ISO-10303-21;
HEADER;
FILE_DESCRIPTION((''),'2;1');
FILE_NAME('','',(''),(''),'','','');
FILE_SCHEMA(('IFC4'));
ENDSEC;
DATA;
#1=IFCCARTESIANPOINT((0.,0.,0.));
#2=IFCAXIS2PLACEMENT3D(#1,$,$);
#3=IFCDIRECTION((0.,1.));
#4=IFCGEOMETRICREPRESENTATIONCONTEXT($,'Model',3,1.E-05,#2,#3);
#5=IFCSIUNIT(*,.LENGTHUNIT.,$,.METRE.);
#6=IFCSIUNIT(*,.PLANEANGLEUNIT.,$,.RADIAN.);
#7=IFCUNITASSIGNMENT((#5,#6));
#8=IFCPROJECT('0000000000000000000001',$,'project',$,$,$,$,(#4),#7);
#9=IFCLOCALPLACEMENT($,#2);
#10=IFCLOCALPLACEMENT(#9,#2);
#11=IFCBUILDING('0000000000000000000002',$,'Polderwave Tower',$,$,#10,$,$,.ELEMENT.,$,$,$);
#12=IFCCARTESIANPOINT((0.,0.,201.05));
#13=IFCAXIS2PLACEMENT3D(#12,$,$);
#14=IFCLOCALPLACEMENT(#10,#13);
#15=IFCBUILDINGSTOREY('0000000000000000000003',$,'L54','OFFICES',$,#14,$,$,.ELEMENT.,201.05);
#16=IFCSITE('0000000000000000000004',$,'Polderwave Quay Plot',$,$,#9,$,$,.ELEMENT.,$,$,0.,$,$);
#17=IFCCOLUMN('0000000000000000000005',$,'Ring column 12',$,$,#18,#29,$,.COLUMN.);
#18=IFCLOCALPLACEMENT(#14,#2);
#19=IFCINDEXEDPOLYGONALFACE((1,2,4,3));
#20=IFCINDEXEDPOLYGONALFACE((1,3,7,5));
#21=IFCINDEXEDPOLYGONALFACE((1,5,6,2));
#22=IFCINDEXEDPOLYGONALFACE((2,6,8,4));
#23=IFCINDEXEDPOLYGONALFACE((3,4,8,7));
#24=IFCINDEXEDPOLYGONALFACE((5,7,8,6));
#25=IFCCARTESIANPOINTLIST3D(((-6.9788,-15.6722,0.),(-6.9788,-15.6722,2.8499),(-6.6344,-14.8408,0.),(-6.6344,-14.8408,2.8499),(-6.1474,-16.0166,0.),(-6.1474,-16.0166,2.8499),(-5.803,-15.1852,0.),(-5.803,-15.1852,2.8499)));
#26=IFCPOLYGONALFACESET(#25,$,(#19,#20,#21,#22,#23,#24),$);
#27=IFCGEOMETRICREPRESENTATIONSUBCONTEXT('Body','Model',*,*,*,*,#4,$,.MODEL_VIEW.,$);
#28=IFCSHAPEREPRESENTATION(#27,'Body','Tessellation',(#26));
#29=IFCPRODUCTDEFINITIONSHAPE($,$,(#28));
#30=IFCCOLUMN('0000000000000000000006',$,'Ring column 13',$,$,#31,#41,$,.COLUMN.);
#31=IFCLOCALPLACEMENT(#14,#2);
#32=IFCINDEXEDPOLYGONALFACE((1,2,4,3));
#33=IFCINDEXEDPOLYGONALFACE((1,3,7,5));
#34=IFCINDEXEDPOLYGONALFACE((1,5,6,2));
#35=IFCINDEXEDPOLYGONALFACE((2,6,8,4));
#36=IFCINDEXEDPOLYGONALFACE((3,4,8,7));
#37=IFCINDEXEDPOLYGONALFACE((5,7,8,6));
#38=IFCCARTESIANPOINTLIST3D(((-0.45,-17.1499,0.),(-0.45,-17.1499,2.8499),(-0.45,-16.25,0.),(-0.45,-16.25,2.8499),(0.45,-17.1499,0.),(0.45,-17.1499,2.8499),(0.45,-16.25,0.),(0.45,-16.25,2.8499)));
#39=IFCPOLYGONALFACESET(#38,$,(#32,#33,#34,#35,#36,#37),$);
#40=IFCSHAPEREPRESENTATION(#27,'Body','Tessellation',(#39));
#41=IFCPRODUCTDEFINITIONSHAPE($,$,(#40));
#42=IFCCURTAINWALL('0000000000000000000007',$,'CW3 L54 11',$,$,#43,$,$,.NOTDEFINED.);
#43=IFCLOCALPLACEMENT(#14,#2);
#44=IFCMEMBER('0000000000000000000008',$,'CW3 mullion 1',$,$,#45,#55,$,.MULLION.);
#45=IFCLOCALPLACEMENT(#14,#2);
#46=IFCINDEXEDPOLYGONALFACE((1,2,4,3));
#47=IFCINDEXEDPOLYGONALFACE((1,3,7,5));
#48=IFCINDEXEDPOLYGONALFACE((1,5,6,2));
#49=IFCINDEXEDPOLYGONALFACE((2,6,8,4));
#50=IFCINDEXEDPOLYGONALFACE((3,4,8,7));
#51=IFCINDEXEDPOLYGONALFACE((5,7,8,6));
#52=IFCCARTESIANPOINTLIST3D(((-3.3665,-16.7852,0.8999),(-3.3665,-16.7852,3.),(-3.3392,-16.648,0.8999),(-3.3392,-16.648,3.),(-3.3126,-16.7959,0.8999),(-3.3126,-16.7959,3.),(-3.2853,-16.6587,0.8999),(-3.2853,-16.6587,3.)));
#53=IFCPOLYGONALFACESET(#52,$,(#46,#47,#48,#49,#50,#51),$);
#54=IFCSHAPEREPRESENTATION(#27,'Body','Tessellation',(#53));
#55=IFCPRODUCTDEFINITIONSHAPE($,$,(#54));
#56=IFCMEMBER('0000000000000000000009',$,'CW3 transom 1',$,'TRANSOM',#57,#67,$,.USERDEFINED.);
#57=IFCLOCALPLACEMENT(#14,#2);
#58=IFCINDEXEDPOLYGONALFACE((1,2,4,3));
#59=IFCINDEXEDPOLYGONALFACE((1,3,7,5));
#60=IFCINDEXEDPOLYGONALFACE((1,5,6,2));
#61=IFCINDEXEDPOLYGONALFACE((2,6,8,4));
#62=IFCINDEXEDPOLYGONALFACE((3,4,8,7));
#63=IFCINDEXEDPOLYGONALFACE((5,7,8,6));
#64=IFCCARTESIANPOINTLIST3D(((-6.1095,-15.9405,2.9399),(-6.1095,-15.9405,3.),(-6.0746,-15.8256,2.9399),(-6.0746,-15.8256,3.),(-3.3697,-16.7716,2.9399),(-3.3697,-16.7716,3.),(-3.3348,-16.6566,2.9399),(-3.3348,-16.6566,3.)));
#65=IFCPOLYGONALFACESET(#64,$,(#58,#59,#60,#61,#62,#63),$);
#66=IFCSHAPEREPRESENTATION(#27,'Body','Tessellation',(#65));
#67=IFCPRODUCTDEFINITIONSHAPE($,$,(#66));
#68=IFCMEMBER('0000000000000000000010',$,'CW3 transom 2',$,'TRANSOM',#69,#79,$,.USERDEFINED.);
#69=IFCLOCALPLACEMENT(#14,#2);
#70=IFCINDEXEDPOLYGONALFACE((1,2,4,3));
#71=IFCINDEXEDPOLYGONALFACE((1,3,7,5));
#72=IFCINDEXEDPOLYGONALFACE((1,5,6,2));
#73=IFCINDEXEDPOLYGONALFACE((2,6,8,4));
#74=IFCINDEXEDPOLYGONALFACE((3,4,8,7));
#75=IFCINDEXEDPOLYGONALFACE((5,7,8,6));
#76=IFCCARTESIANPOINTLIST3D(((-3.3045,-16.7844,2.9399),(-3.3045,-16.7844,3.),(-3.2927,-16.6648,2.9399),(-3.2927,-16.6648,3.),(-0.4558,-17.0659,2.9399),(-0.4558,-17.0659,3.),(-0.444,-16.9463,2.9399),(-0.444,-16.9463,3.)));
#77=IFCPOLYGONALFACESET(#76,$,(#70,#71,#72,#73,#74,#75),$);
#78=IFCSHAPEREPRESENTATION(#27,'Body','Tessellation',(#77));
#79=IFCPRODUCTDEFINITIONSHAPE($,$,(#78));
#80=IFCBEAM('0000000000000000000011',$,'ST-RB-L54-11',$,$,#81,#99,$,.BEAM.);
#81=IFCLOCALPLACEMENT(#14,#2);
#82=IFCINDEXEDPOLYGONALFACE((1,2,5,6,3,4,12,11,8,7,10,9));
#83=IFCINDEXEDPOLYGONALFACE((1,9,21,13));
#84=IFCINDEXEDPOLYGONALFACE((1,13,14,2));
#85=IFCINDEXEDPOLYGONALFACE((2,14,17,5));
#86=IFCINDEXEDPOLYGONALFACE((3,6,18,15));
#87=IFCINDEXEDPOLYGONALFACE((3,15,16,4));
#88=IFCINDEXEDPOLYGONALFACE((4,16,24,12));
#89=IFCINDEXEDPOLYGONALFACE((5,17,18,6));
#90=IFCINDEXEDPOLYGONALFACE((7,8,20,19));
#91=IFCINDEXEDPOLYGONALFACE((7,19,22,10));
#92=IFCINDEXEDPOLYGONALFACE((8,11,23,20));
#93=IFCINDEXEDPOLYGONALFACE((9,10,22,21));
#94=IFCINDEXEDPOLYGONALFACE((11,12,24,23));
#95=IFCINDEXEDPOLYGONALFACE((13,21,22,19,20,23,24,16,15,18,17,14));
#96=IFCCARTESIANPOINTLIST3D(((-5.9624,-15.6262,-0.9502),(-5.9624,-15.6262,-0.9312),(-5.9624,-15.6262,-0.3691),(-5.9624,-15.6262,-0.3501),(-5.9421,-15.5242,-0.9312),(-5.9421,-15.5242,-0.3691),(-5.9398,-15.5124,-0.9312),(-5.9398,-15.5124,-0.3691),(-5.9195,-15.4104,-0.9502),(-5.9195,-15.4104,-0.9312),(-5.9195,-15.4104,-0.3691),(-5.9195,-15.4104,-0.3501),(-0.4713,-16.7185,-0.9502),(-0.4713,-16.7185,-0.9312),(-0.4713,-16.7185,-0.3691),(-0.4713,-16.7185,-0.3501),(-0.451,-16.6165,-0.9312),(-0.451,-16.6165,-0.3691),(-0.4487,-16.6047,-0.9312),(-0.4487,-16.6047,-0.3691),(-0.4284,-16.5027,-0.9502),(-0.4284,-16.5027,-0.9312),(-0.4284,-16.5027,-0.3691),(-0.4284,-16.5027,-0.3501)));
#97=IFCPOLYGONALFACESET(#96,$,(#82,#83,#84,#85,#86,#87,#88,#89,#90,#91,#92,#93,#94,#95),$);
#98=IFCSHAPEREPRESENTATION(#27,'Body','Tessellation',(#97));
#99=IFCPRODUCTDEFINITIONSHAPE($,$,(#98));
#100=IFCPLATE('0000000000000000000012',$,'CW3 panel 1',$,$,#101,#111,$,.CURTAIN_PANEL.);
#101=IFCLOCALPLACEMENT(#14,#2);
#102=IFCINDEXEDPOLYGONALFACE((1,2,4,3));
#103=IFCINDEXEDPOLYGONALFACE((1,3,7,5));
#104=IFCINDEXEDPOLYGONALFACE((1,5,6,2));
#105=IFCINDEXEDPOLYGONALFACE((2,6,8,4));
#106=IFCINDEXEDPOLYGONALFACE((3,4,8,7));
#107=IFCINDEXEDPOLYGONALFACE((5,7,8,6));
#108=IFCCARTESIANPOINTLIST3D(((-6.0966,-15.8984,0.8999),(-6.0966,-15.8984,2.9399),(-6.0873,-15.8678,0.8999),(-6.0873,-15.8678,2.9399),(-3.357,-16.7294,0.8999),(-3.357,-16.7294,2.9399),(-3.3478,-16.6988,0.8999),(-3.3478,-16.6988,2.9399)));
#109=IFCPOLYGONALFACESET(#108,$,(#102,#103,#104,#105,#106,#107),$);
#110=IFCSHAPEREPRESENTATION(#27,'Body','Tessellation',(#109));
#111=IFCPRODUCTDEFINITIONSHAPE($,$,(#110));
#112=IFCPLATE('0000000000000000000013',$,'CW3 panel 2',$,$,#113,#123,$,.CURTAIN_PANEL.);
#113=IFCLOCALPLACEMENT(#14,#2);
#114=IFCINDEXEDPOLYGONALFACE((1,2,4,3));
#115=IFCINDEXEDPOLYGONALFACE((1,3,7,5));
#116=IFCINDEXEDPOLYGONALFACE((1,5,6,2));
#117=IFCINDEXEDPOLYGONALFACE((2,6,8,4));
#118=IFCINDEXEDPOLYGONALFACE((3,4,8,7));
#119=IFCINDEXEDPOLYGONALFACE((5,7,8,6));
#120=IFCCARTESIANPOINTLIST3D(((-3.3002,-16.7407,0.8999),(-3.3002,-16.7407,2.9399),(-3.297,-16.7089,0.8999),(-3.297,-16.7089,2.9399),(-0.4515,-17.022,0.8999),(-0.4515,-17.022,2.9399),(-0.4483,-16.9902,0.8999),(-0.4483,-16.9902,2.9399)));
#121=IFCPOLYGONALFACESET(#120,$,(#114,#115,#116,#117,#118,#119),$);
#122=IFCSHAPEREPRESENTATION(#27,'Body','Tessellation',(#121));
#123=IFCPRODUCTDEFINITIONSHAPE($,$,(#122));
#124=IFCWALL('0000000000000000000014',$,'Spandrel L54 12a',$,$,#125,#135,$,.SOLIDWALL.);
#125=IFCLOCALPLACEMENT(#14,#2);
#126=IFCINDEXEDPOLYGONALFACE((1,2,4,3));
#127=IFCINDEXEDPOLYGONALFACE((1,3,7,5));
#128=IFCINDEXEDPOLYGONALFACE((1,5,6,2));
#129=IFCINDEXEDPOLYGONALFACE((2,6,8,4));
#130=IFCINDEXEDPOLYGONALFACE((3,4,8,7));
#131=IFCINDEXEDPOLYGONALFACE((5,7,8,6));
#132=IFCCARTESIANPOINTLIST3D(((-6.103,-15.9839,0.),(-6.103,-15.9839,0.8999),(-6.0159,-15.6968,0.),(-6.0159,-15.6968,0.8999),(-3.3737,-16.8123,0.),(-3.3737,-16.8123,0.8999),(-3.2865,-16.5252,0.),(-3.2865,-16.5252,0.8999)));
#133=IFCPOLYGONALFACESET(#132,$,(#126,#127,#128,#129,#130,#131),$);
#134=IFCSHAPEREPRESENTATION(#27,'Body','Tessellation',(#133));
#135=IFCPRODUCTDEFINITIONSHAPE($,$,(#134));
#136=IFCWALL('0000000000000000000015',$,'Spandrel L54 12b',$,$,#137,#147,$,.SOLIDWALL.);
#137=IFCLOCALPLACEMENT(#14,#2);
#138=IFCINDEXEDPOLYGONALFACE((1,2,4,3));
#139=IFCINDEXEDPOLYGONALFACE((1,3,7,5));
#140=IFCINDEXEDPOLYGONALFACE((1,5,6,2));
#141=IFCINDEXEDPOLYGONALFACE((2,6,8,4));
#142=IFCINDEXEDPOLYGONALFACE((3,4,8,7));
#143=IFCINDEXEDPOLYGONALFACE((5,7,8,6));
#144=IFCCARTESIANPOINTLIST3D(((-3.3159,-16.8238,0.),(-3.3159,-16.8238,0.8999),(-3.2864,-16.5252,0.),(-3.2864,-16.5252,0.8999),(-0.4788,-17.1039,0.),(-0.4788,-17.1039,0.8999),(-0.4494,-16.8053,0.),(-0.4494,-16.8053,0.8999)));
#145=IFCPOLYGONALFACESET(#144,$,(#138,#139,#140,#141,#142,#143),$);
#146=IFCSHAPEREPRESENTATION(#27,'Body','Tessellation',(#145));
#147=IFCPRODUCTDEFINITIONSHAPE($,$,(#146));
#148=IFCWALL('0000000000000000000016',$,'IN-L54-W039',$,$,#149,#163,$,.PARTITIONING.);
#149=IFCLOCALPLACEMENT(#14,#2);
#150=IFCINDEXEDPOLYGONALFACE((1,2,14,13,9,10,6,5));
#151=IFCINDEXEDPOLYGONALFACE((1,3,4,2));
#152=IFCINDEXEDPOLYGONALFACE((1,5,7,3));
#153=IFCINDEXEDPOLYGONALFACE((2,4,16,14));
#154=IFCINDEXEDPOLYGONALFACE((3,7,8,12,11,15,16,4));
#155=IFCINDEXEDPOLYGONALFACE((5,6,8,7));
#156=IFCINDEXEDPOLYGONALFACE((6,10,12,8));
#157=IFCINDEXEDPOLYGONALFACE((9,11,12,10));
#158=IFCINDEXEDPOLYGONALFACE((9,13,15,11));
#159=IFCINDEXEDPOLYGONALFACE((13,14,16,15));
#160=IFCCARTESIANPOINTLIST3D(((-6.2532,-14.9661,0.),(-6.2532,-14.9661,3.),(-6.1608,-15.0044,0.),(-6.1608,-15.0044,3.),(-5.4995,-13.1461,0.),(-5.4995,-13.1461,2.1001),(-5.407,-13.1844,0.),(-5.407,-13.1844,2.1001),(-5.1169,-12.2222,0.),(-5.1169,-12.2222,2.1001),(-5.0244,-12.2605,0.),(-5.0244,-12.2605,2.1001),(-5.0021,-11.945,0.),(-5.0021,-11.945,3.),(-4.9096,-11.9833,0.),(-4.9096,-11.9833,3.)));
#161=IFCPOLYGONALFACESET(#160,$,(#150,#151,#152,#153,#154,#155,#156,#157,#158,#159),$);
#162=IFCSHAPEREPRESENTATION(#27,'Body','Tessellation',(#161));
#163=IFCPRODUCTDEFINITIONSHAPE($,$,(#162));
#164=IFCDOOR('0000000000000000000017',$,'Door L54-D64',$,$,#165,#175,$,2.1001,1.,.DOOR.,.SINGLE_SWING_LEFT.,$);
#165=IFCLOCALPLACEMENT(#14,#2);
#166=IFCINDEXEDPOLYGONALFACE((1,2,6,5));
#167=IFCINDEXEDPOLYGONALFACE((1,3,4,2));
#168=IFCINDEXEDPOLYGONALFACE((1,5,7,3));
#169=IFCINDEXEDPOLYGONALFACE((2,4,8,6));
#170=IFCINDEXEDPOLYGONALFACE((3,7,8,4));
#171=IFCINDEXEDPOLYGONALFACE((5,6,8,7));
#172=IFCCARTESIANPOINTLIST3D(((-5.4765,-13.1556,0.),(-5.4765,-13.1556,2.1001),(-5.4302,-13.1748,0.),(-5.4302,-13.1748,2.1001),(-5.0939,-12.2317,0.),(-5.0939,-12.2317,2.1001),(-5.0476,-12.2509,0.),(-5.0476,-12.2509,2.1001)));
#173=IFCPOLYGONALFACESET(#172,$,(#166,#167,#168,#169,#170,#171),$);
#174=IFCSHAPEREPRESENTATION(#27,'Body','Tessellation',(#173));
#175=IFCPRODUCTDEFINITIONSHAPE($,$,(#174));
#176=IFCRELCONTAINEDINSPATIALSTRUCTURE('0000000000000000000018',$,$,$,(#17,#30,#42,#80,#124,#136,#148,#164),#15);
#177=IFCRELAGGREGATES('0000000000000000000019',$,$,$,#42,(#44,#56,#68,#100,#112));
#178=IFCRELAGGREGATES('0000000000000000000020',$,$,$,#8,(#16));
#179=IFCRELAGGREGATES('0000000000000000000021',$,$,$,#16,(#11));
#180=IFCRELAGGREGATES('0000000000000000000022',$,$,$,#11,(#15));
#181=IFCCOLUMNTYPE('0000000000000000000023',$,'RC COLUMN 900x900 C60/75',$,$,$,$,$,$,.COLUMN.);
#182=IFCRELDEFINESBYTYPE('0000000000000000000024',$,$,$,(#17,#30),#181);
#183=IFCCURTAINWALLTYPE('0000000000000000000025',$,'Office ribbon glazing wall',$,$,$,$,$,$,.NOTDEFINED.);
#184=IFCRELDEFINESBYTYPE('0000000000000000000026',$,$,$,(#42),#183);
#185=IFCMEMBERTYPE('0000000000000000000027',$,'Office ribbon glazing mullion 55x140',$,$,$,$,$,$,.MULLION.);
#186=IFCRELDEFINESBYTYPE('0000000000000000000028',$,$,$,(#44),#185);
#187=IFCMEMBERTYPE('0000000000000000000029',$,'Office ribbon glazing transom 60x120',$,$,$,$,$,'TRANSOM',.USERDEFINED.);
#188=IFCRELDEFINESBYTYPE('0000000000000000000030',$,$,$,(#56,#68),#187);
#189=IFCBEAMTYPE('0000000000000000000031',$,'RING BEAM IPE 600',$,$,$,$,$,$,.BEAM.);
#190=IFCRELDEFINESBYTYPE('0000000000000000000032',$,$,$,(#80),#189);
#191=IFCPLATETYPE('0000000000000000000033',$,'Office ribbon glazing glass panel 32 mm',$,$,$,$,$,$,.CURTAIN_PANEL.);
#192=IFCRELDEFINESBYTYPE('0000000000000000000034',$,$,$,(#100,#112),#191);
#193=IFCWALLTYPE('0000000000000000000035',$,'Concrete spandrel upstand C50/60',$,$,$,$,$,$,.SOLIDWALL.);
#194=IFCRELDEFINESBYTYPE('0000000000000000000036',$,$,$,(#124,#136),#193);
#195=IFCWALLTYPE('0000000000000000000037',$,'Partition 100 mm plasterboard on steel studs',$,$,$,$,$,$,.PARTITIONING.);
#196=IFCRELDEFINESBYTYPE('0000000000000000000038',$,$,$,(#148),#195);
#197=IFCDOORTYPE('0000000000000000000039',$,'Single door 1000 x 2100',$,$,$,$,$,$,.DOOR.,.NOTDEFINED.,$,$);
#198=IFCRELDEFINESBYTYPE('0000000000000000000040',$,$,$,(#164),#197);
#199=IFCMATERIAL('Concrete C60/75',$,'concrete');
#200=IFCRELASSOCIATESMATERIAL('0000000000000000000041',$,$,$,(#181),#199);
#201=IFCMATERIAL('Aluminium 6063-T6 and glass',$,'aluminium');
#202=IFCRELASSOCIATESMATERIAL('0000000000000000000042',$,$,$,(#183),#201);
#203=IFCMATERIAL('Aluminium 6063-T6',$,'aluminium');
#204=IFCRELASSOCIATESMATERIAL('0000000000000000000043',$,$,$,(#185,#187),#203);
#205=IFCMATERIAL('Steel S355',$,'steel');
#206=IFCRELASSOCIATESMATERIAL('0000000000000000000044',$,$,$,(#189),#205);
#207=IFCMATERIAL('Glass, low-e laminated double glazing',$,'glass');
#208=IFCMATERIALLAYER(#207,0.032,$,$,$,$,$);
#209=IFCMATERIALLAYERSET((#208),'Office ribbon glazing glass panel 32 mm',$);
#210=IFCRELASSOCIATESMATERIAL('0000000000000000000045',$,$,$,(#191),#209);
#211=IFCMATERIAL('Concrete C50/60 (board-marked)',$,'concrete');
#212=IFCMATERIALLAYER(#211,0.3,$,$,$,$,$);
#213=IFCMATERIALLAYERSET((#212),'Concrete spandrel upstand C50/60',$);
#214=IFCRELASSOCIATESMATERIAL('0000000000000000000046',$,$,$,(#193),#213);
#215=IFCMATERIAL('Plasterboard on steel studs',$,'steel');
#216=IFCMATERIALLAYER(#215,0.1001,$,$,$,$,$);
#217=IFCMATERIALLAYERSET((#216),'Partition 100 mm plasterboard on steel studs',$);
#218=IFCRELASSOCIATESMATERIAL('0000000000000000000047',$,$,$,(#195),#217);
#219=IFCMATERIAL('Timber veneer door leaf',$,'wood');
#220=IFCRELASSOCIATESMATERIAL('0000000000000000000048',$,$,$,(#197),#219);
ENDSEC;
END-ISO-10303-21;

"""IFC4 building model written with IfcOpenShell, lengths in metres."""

from ifc_helpers import new_model, si_unit, direction, frame, frame_2d, origin, origin_2d, place, context, subcontext, project, spatial, rectangle, i_section, extrude, material, layer, layer_set, material_profile, profile_set, type_object, element, fill, aggregate, save


model = new_model("IFC4")

# Units and contexts
model_context = context("Model", 3, precision=1e-05, world=origin(), true_north=direction((0.0, 1.0)))
body_context = subcontext(model_context, "Body", "Model", "MODEL_VIEW")
ifc_project = project(units=[si_unit("LENGTHUNIT", "METRE"), si_unit("PLANEANGLEUNIT", "RADIAN")], contexts=[model_context])

# Site, building, storey
site_placement = place(None, origin())
site = spatial("IfcSite", under=ifc_project, at=site_placement, Name="Polderwave Quay Plot", CompositionType="ELEMENT", RefElevation=0.0)
building_placement = place(site_placement, origin())
building = spatial("IfcBuilding", under=site, at=building_placement, Name="Polderwave Tower", CompositionType="ELEMENT")
storey_placement = place(building_placement, frame((0.0, 0.0, 201.05)))
storey = spatial("IfcBuildingStorey", under=building, at=storey_placement, Name="L54", Description="OFFICES", CompositionType="ELEMENT", Elevation=201.05)

# Columns
ifc_material_1 = material(Name="Concrete C60/75", Category="concrete")
ifc_material_profile_1 = material_profile(ifc_material_1, rectangle(XDim=0.8999, YDim=0.8999, at=origin_2d()), Name="RC 900x900")
ifc_profile_set_1 = profile_set([ifc_material_profile_1], Name="Concrete C60/75")
column_type = type_object("IfcColumnType", Name="RC COLUMN 900x900 C60/75", PredefinedType="COLUMN", material=ifc_profile_set_1)
for number, where, z_axis, x_axis, name in (
    (1, (-6.3909, -15.4287, 0.0), (0.0, 0.0, 1.0), (-0.382683, -0.92388, 0.0), "Ring column 12"),
    (2, (0.0, -16.7, 0.0), (0.0, 0.0, 1.0), (0.0, -1.0, 0.0), "Ring column 13"),
):
    element("IfcColumn", number, at=place(storey_placement, frame(where, z_axis=z_axis, x_axis=x_axis)), inside=storey, type_object=column_type, Name=name, PredefinedType="COLUMN", context=body_context, shape_type="SweptSolid", body=[
        extrude(rectangle(XDim=0.8999, YDim=0.8999, at=origin_2d()), origin(), (0.0, 0.0, 1.0), 2.8499),
    ])

# Curtain wall, members
ifc_material_2 = material(Name="Aluminium 6063-T6 and glass", Category="aluminium")
curtain_wall_type = type_object("IfcCurtainWallType", Name="Office ribbon glazing wall", PredefinedType="NOTDEFINED", material=ifc_material_2)
curtain_wall_placement = place(storey_placement, origin())
curtain_wall = element("IfcCurtainWall", 3, at=curtain_wall_placement, inside=storey, type_object=curtain_wall_type, Name="CW3 L54 11", PredefinedType="NOTDEFINED")
ifc_material_3 = material(Name="Aluminium 6063-T6", Category="aluminium")
ifc_material_profile_2 = material_profile(ifc_material_3, rectangle(XDim=0.1399, YDim=0.0549, at=origin_2d()), Name="AL 55x140")
ifc_profile_set_2 = profile_set([ifc_material_profile_2], Name="Aluminium 6063-T6")
member_type_1 = type_object("IfcMemberType", Name="Office ribbon glazing mullion 55x140", PredefinedType="MULLION", material=ifc_profile_set_2)
member_1_placement = place(storey_placement, frame((-3.3259, -16.7219, 0.8999), z_axis=(0.0, 0.0, 1.0), x_axis=(0.195205, 0.980762, 0.0)))
member_1 = element("IfcMember", 4, at=member_1_placement, type_object=member_type_1, Name="CW3 mullion 1", PredefinedType="MULLION", context=body_context, shape_type="SweptSolid", body=[
    extrude(rectangle(XDim=0.1399, YDim=0.0549, at=origin_2d()), origin(), (0.0, 0.0, 1.0), 2.1001),
])
ifc_material_profile_3 = material_profile(ifc_material_3, rectangle(XDim=0.1201, YDim=0.0601, at=origin_2d()), Name="AL 60x120")
ifc_profile_set_3 = profile_set([ifc_material_profile_3], Name="Aluminium 6063-T6")
member_type_2 = type_object("IfcMemberType", Name="Office ribbon glazing transom 60x120", ElementType="TRANSOM", PredefinedType="USERDEFINED", material=ifc_profile_set_3)
member_2_placement = place(storey_placement, frame((-6.092, -15.8831, 2.97), z_axis=(0.956944, -0.290272, 0.0), x_axis=(0.290272, 0.956944, 0.0)))
member_2 = element("IfcMember", 5, at=member_2_placement, type_object=member_type_2, Name="CW3 transom 1", ObjectType="TRANSOM", PredefinedType="USERDEFINED", context=body_context, shape_type="SweptSolid", body=[
    extrude(rectangle(XDim=0.1201, YDim=0.0601, at=origin_2d()), origin(), (0.0, 0.0, 1.0), 2.863),
])
member_3_placement = place(storey_placement, frame((-3.2986, -16.7246, 2.97), z_axis=(0.995153, -0.098338, 0.0), x_axis=(0.098338, 0.995153, 0.0)))
member_3 = element("IfcMember", 6, at=member_3_placement, type_object=member_type_2, Name="CW3 transom 2", ObjectType="TRANSOM", PredefinedType="USERDEFINED", context=body_context, shape_type="SweptSolid", body=[
    extrude(rectangle(XDim=0.1201, YDim=0.0601, at=origin_2d()), origin(), (0.0, 0.0, 1.0), 2.8625),
])

# Beam
ifc_material_4 = material(Name="Steel S355", Category="steel")
ifc_material_profile_4 = material_profile(ifc_material_4, i_section(OverallWidth=0.22, OverallDepth=0.6001, WebThickness=0.012, FlangeThickness=0.019, at=origin_2d()), Name="IPE 600")
ifc_profile_set_4 = profile_set([ifc_material_profile_4], Name="Steel S355")
beam_type = type_object("IfcBeamType", Name="RING BEAM IPE 600", PredefinedType="BEAM", material=ifc_profile_set_4)
beam_placement = place(storey_placement, frame((-5.9409, -15.5183, -0.6501), z_axis=(0.980783, -0.195101, 0.0), x_axis=(0.195101, 0.980783, 0.0)))
element("IfcBeam", 7, at=beam_placement, inside=storey, type_object=beam_type, Name="ST-RB-L54-11", PredefinedType="BEAM", context=body_context, shape_type="SweptSolid", body=[
    extrude(i_section(OverallWidth=0.22, OverallDepth=0.6001, WebThickness=0.012, FlangeThickness=0.019, at=origin_2d()), origin(), (0.0, 0.0, 1.0), 5.5986),
])

# Plates
ifc_material_5 = material(Name="Glass, low-e laminated double glazing", Category="glass")
ifc_layer_1 = layer(ifc_material_5, 0.032)
ifc_layer_set_1 = layer_set([ifc_layer_1], Name="Office ribbon glazing glass panel 32 mm")
plate_type = type_object("IfcPlateType", Name="Office ribbon glazing glass panel 32 mm", PredefinedType="CURTAIN_PANEL", material=ifc_layer_set_1)
plate_1_placement = place(storey_placement, frame((-4.7222, -16.2986, 0.8999), z_axis=(0.0, 0.0, 1.0), x_axis=(0.956946, -0.290266, 0.0)))
plate_1 = element("IfcPlate", 8, at=plate_1_placement, type_object=plate_type, Name="CW3 panel 1", PredefinedType="CURTAIN_PANEL", context=body_context, shape_type="SweptSolid", body=[
    extrude(rectangle(XDim=2.8628, YDim=0.032, at=origin_2d()), origin(), (0.0, 0.0, 1.0), 2.04),
])
plate_2_placement = place(storey_placement, frame((-1.8743, -16.8655, 0.8999), z_axis=(0.0, 0.0, 1.0), x_axis=(0.99516, -0.098271, 0.0)))
plate_2 = element("IfcPlate", 9, at=plate_2_placement, type_object=plate_type, Name="CW3 panel 2", PredefinedType="CURTAIN_PANEL", context=body_context, shape_type="SweptSolid", body=[
    extrude(rectangle(XDim=2.8625, YDim=0.032, at=origin_2d()), origin(), (0.0, 0.0, 1.0), 2.04),
])
aggregate(curtain_wall, [member_1, member_2, member_3, plate_1, plate_2])

# Walls
ifc_material_6 = material(Name="Concrete C50/60 (board-marked)", Category="concrete")
ifc_layer_2 = layer(ifc_material_6, 0.3)
ifc_layer_set_2 = layer_set([ifc_layer_2], Name="Concrete spandrel upstand C50/60")
wall_type_1 = type_object("IfcWallType", Name="Concrete spandrel upstand C50/60", PredefinedType="SOLIDWALL", material=ifc_layer_set_2)
wall_1_placement = place(storey_placement, frame((-6.0596, -15.8403, 0.0), z_axis=(0.0, 0.0, 1.0), x_axis=(0.956895, -0.290433, 0.0)))
element("IfcWall", 10, at=wall_1_placement, inside=storey, type_object=wall_type_1, Name="Spandrel L54 12a", PredefinedType="SOLIDWALL", context=body_context, shape_type="SweptSolid", body=[
    extrude(rectangle(XDim=2.8523, YDim=0.3, at=frame_2d((1.4263, 0.0))), origin(), (0.0, 0.0, 1.0), 0.8999),
])
wall_2_placement = place(storey_placement, frame((-3.301, -16.6746, 0.0), z_axis=(0.0, 0.0, 1.0), x_axis=(0.995164, -0.098223, 0.0)))
element("IfcWall", 11, at=wall_2_placement, inside=storey, type_object=wall_type_1, Name="Spandrel L54 12b", PredefinedType="SOLIDWALL", context=body_context, shape_type="SweptSolid", body=[
    extrude(rectangle(XDim=2.8508, YDim=0.3, at=frame_2d((1.4253, 0.0))), origin(), (0.0, 0.0, 1.0), 0.8999),
])

# Wall, opening, door
ifc_material_7 = material(Name="Plasterboard on steel studs", Category="steel")
ifc_layer_3 = layer(ifc_material_7, 0.1001)
ifc_layer_set_3 = layer_set([ifc_layer_3], Name="Partition 100 mm plasterboard on steel studs")
wall_type_2 = type_object("IfcWallType", Name="Partition 100 mm plasterboard on steel studs", PredefinedType="PARTITIONING", material=ifc_layer_set_3)
wall_3_placement = place(storey_placement, frame((-4.9558, -11.9641, 0.0), z_axis=(0.0, 0.0, 1.0), x_axis=(-0.382627, -0.923903, 0.0)))
wall_3 = element("IfcWall", 12, at=wall_3_placement, inside=storey, type_object=wall_type_2, Name="IN-L54-W039", PredefinedType="PARTITIONING", context=body_context, shape_type="SweptSolid", body=[
    extrude(rectangle(XDim=3.27, YDim=0.1001, at=frame_2d((1.635, 0.0))), origin(), (0.0, 0.0, 1.0), 3.0),
])
opening_1_placement = place(wall_3_placement, frame((0.3, 0.0, 0.0)))
opening_1 = element("IfcOpeningElement", 13, at=opening_1_placement, cuts=wall_3, PredefinedType="OPENING", context=body_context, shape_type="SweptSolid", body=[
    extrude(rectangle(XDim=1.0, YDim=2.1001, at=frame_2d((0.5, 1.05))), frame((0.0, 0.0601, 0.0), z_axis=(0.0, -1.0, 0.0), x_axis=(1.0, 0.0, 0.0)), (0.0, 0.0, 1.0), 0.1201),
])
ifc_material_8 = material(Name="Timber veneer door leaf", Category="wood")
door_type = type_object("IfcDoorType", Name="Single door 1000 x 2100", OperationType="NOTDEFINED", PredefinedType="DOOR", material=ifc_material_8)
door_1_placement = place(opening_1_placement, origin())
door_1 = element("IfcDoor", 14, at=door_1_placement, inside=storey, type_object=door_type, Name="Door L54-D64", OperationType="SINGLE_SWING_LEFT", OverallHeight=2.1001, OverallWidth=1.0, PredefinedType="DOOR", context=body_context, shape_type="SweptSolid", body=[
    extrude(rectangle(XDim=1.0, YDim=2.1001, at=frame_2d((0.5, 1.05))), frame((0.0, 0.0249, 0.0), z_axis=(0.0, -1.0, 0.0), x_axis=(1.0, 0.0, 0.0)), (0.0, 0.0, 1.0), 0.05),
])
fill(opening_1, door_1)

save(model, "model.ifc")
